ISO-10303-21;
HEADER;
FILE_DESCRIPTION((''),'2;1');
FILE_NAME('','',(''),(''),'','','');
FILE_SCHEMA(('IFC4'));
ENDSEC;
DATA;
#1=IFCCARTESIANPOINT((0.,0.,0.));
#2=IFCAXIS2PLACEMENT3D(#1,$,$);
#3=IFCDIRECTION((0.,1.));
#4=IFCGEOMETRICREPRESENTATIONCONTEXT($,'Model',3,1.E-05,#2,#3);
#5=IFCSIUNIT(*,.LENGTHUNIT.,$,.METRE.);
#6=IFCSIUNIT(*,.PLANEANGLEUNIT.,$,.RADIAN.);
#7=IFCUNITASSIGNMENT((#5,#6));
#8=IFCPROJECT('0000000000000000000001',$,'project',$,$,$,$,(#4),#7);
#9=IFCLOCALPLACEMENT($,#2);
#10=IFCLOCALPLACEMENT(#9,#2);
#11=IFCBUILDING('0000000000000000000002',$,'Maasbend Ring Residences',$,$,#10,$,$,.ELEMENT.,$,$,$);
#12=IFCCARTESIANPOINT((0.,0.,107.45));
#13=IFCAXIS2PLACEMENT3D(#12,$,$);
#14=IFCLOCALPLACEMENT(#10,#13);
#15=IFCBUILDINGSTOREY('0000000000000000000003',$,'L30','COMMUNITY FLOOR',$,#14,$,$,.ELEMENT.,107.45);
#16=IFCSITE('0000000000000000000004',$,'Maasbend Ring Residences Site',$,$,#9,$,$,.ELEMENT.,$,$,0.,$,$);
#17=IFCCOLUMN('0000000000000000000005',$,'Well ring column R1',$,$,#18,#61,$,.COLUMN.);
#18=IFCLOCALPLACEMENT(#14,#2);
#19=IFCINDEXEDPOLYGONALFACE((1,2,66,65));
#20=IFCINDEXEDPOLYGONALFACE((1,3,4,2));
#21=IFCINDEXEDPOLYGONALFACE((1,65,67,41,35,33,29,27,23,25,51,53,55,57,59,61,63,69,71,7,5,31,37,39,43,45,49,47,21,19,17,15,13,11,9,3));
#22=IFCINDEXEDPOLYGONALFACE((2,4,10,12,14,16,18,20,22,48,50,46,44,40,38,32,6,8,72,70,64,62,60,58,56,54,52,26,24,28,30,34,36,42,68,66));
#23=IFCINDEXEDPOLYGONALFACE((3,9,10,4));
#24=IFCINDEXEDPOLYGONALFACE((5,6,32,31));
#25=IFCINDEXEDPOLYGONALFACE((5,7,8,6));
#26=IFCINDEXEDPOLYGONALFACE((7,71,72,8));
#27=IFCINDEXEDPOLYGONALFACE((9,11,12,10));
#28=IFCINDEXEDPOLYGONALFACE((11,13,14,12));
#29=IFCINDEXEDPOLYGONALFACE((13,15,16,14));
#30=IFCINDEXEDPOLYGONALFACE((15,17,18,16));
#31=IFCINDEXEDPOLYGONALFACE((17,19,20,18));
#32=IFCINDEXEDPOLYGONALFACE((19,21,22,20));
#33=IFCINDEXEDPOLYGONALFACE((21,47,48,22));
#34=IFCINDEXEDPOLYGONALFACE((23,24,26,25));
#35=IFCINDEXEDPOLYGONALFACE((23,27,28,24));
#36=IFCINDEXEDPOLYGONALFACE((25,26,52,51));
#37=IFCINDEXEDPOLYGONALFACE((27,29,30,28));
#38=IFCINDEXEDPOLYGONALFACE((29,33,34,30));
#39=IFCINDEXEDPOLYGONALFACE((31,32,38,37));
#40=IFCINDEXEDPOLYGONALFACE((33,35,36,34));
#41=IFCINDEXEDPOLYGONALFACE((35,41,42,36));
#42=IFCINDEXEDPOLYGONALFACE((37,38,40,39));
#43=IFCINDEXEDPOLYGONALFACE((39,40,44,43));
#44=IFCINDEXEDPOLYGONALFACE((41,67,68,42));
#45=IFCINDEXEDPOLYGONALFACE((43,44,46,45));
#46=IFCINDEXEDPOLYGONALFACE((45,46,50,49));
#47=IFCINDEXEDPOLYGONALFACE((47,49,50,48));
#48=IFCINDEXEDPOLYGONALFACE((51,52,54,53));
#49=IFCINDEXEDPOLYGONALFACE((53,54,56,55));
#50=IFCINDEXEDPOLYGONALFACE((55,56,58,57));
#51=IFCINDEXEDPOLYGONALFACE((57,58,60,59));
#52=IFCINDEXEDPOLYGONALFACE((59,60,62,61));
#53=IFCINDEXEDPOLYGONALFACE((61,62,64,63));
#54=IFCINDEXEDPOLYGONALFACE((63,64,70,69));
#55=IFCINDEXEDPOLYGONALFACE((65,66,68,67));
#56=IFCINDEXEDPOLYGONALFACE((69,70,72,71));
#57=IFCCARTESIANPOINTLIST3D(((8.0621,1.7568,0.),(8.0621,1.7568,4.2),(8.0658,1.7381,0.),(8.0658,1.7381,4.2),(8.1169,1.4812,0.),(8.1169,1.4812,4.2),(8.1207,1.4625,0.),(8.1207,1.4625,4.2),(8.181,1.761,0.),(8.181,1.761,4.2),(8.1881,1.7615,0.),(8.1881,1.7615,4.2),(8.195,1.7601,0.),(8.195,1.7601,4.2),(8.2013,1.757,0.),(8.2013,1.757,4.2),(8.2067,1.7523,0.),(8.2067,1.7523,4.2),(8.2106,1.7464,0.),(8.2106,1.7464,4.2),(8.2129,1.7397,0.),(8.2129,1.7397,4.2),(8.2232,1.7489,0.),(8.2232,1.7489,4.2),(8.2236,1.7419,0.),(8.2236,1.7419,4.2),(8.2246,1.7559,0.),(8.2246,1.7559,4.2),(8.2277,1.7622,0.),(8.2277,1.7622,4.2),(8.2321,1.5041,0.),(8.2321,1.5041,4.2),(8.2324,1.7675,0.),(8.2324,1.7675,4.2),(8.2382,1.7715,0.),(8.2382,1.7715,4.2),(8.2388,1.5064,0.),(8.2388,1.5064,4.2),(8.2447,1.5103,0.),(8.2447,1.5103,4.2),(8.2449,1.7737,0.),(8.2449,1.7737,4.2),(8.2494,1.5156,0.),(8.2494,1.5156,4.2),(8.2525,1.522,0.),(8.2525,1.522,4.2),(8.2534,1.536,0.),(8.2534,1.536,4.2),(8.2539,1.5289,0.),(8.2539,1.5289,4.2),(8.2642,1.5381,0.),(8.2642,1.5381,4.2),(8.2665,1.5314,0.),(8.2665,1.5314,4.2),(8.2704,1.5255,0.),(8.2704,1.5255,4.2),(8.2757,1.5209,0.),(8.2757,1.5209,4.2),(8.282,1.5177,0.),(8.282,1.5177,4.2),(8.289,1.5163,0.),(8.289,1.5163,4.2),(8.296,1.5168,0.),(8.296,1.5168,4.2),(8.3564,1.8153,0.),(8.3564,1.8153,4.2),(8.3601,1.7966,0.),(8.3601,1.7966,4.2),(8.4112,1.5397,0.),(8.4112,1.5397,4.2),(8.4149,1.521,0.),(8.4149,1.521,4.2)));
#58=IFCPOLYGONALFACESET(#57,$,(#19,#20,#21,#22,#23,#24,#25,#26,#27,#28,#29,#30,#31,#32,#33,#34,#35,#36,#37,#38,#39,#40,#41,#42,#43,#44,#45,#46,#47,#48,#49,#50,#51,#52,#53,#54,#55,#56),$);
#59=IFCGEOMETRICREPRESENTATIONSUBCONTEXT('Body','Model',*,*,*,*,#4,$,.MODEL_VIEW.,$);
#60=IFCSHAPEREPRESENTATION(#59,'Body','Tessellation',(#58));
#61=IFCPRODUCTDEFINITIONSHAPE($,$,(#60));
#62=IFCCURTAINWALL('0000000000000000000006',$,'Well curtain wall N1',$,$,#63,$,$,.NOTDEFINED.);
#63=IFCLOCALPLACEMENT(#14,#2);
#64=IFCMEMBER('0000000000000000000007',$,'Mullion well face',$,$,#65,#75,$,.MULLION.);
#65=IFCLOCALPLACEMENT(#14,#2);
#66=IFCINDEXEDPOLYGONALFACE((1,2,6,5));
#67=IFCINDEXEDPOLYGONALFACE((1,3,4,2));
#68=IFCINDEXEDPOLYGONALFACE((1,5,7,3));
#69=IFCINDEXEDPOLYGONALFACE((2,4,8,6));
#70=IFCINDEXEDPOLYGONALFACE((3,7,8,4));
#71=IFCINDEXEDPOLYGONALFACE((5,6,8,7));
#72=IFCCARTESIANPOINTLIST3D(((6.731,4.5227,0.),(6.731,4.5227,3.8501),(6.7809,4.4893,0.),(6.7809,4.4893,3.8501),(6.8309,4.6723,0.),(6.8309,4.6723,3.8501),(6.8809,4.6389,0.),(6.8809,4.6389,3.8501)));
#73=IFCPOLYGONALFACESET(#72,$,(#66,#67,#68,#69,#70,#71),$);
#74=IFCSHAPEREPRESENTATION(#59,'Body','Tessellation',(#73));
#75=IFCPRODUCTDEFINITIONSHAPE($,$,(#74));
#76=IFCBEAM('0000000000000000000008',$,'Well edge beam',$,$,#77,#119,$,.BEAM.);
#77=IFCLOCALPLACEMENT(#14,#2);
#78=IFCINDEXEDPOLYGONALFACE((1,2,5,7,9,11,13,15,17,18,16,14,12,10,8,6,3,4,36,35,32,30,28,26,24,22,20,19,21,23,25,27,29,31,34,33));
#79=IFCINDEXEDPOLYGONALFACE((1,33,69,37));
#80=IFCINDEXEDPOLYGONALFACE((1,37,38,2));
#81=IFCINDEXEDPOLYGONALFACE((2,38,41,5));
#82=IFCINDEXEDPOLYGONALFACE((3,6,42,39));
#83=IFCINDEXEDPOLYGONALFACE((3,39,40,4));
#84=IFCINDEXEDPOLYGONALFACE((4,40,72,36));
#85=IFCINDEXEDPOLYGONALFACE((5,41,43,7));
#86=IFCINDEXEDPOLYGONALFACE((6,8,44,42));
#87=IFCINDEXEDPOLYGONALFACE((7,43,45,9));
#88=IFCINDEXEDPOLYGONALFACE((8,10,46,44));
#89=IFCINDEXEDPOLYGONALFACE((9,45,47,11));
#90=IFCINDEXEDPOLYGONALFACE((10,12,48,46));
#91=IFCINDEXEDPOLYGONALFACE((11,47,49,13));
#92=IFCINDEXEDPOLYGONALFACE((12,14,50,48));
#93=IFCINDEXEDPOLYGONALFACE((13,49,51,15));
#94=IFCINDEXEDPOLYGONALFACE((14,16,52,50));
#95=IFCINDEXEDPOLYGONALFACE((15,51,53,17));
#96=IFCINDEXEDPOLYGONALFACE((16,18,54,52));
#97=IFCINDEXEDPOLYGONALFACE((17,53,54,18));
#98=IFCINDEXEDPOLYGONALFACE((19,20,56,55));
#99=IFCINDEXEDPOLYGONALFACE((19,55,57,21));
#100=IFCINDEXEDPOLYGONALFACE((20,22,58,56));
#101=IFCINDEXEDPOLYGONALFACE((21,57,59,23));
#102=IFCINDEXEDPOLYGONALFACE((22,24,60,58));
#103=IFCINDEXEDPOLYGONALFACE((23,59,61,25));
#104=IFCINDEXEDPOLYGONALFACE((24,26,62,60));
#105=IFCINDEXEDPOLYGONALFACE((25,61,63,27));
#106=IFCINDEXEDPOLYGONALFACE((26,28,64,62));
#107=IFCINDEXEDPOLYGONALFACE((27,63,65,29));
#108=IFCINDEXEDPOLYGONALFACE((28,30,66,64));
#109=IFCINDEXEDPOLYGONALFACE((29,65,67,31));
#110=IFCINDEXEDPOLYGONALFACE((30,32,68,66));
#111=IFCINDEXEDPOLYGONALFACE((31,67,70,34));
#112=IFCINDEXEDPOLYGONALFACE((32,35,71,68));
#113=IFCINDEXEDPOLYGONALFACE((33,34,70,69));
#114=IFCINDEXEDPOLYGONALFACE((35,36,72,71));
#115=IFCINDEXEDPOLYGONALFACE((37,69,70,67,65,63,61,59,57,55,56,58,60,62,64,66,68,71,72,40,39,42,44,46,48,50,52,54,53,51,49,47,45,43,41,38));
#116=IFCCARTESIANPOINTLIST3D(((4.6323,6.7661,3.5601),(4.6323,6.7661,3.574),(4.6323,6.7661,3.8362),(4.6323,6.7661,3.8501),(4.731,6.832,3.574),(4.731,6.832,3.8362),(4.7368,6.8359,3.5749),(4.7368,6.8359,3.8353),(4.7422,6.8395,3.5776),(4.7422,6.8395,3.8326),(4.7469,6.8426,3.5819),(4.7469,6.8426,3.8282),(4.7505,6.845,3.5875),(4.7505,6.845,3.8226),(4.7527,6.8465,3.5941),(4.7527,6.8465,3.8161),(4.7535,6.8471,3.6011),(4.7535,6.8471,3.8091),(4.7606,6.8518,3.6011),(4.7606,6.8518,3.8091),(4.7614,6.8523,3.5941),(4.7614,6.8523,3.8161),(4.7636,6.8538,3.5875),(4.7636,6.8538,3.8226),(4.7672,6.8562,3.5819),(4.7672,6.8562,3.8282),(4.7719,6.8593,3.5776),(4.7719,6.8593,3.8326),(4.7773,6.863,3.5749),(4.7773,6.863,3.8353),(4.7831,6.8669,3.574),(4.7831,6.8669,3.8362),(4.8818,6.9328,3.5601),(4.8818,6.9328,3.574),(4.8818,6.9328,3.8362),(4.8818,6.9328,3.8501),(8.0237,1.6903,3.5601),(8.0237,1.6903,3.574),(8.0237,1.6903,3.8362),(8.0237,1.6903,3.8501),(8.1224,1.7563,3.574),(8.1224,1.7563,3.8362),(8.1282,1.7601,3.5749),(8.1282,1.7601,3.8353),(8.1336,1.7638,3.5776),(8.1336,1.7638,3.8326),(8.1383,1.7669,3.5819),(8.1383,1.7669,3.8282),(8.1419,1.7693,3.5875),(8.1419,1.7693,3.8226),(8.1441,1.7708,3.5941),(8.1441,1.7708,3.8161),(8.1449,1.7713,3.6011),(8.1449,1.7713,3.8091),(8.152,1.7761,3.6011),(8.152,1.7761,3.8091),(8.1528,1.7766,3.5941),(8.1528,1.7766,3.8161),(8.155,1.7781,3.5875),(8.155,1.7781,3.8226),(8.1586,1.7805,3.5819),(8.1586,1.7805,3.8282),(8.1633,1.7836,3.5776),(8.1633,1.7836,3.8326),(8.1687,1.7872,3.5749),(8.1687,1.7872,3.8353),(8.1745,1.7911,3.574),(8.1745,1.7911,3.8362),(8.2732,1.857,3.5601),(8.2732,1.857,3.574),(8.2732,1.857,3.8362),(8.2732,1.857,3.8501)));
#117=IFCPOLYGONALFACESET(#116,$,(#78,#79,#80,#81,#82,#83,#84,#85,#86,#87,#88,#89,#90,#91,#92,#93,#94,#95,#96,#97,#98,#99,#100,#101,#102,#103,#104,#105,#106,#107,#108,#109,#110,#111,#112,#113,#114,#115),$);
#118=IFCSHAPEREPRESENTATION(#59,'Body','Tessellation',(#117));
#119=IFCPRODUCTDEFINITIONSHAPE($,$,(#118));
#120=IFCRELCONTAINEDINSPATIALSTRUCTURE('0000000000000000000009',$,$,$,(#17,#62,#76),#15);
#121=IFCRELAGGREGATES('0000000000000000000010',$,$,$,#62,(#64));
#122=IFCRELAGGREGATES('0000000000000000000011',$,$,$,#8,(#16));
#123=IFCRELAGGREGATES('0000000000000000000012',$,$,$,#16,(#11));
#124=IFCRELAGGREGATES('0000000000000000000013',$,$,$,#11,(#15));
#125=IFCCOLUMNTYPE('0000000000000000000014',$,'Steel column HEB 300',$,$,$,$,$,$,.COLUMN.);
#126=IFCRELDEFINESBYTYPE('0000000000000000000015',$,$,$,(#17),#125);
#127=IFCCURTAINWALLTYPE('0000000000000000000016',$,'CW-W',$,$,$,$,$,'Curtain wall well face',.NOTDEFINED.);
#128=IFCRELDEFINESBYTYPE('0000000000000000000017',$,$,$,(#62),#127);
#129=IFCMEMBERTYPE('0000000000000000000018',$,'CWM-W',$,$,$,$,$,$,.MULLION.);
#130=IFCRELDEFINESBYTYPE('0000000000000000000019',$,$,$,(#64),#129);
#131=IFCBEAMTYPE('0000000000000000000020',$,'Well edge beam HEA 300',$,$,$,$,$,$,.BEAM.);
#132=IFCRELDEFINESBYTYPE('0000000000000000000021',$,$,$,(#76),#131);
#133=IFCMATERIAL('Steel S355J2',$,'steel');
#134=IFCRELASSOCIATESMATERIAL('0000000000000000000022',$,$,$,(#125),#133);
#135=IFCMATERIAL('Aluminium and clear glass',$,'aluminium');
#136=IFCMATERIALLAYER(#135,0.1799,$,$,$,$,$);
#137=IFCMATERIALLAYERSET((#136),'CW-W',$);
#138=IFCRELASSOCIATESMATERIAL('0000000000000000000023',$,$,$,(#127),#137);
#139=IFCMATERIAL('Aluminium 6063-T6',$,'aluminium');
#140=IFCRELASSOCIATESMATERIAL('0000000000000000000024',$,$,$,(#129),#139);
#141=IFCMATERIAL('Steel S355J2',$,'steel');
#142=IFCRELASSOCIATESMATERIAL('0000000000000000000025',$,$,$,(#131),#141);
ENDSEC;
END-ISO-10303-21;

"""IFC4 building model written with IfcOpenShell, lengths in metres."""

from ifc_helpers import new_model, si_unit, direction, frame, origin, origin_2d, place, context, subcontext, project, spatial, rectangle, i_section, extrude, material, layer, layer_set, material_profile, profile_set, type_object, element, aggregate, save


model = new_model("IFC4")

# Units and contexts
model_context = context("Model", 3, precision=1e-05, world=origin(), true_north=direction((0.0, 1.0)))
body_context = subcontext(model_context, "Body", "Model", "MODEL_VIEW")
ifc_project = project(units=[si_unit("LENGTHUNIT", "METRE"), si_unit("PLANEANGLEUNIT", "RADIAN")], contexts=[model_context])

# Site, building, storey
site_placement = place(None, origin())
site = spatial("IfcSite", under=ifc_project, at=site_placement, Name="Maasbend Ring Residences Site", CompositionType="ELEMENT", RefElevation=0.0)
building_placement = place(site_placement, origin())
building = spatial("IfcBuilding", under=site, at=building_placement, Name="Maasbend Ring Residences", CompositionType="ELEMENT")
storey_placement = place(building_placement, frame((0.0, 0.0, 107.45)))
storey = spatial("IfcBuildingStorey", under=building, at=storey_placement, Name="L30", Description="COMMUNITY FLOOR", CompositionType="ELEMENT", Elevation=107.45)

# Column
ifc_material_1 = material(Name="Steel S355J2", Category="steel")
ifc_material_profile_1 = material_profile(ifc_material_1, i_section(OverallWidth=0.3, OverallDepth=0.3, WebThickness=0.011, FlangeThickness=0.019, FilletRadius=0.0271, at=origin_2d()), Name="HEB 300")
ifc_profile_set_1 = profile_set([ifc_material_profile_1], Name="Steel S355J2")
column_type = type_object("IfcColumnType", Name="Steel column HEB 300", PredefinedType="COLUMN", material=ifc_profile_set_1)
column_placement = place(storey_placement, frame((8.2385, 1.6389, 0.0), z_axis=(0.0, 0.0, 1.0), x_axis=(0.980785, 0.19509, 0.0)))
element("IfcColumn", 1, at=column_placement, inside=storey, type_object=column_type, Name="Well ring column R1", PredefinedType="COLUMN", context=body_context, shape_type="SweptSolid", body=[
    extrude(i_section(OverallWidth=0.3, OverallDepth=0.3, WebThickness=0.011, FlangeThickness=0.019, FilletRadius=0.0271, at=origin_2d()), origin(), (0.0, 0.0, 1.0), 4.2),
])

# Curtain wall, member
ifc_material_2 = material(Name="Aluminium and clear glass", Category="aluminium")
ifc_layer_1 = layer(ifc_material_2, 0.1799)
ifc_layer_set_1 = layer_set([ifc_layer_1], Name="CW-W")
curtain_wall_type = type_object("IfcCurtainWallType", Name="CW-W", ElementType="Curtain wall well face", PredefinedType="NOTDEFINED", material=ifc_layer_set_1)
curtain_wall_placement = place(storey_placement, origin())
curtain_wall = element("IfcCurtainWall", 2, at=curtain_wall_placement, inside=storey, type_object=curtain_wall_type, Name="Well curtain wall N1", PredefinedType="NOTDEFINED")
ifc_material_3 = material(Name="Aluminium 6063-T6", Category="aluminium")
ifc_material_profile_2 = material_profile(ifc_material_3, rectangle(XDim=0.1799, YDim=0.0601, at=origin_2d()), Name="AL 180x60")
ifc_profile_set_2 = profile_set([ifc_material_profile_2], Name="Aluminium 6063-T6")
member_type = type_object("IfcMemberType", Name="CWM-W", PredefinedType="MULLION", material=ifc_profile_set_2)
member_placement = place(storey_placement, frame((6.8059, 4.5808, 0.0), z_axis=(0.0, 0.0, 1.0), x_axis=(-0.55557, -0.83147, 0.0)))
member = element("IfcMember", 3, at=member_placement, type_object=member_type, Name="Mullion well face", PredefinedType="MULLION", context=body_context, shape_type="SweptSolid", body=[
    extrude(rectangle(XDim=0.1799, YDim=0.0601, at=origin_2d()), origin(), (0.0, 0.0, 1.0), 3.8501),
])
aggregate(curtain_wall, [member])

# Beam
ifc_material_4 = material(Name="Steel S355J2", Category="steel")
ifc_material_profile_3 = material_profile(ifc_material_4, i_section(OverallWidth=0.3, OverallDepth=0.29, WebThickness=0.0085, FlangeThickness=0.0139, FilletRadius=0.0271, at=origin_2d()), Name="HEA 300")
ifc_profile_set_3 = profile_set([ifc_material_profile_3], Name="Steel S355J2")
beam_type = type_object("IfcBeamType", Name="Well edge beam HEA 300", PredefinedType="BEAM", material=ifc_profile_set_3)
beam_placement = place(storey_placement, frame((8.1484, 1.7737, 3.7051), z_axis=(-0.555558, 0.831478, 0.0), x_axis=(-0.831478, -0.555558, 0.0)))
element("IfcBeam", 4, at=beam_placement, inside=storey, type_object=beam_type, Name="Well edge beam", PredefinedType="BEAM", context=body_context, shape_type="SweptSolid", body=[
    extrude(i_section(OverallWidth=0.3, OverallDepth=0.29, WebThickness=0.0085, FlangeThickness=0.0139, FilletRadius=0.0271, at=origin_2d()), origin(), (0.0, 0.0, 1.0), 6.1045),
])

save(model, "model.ifc")
